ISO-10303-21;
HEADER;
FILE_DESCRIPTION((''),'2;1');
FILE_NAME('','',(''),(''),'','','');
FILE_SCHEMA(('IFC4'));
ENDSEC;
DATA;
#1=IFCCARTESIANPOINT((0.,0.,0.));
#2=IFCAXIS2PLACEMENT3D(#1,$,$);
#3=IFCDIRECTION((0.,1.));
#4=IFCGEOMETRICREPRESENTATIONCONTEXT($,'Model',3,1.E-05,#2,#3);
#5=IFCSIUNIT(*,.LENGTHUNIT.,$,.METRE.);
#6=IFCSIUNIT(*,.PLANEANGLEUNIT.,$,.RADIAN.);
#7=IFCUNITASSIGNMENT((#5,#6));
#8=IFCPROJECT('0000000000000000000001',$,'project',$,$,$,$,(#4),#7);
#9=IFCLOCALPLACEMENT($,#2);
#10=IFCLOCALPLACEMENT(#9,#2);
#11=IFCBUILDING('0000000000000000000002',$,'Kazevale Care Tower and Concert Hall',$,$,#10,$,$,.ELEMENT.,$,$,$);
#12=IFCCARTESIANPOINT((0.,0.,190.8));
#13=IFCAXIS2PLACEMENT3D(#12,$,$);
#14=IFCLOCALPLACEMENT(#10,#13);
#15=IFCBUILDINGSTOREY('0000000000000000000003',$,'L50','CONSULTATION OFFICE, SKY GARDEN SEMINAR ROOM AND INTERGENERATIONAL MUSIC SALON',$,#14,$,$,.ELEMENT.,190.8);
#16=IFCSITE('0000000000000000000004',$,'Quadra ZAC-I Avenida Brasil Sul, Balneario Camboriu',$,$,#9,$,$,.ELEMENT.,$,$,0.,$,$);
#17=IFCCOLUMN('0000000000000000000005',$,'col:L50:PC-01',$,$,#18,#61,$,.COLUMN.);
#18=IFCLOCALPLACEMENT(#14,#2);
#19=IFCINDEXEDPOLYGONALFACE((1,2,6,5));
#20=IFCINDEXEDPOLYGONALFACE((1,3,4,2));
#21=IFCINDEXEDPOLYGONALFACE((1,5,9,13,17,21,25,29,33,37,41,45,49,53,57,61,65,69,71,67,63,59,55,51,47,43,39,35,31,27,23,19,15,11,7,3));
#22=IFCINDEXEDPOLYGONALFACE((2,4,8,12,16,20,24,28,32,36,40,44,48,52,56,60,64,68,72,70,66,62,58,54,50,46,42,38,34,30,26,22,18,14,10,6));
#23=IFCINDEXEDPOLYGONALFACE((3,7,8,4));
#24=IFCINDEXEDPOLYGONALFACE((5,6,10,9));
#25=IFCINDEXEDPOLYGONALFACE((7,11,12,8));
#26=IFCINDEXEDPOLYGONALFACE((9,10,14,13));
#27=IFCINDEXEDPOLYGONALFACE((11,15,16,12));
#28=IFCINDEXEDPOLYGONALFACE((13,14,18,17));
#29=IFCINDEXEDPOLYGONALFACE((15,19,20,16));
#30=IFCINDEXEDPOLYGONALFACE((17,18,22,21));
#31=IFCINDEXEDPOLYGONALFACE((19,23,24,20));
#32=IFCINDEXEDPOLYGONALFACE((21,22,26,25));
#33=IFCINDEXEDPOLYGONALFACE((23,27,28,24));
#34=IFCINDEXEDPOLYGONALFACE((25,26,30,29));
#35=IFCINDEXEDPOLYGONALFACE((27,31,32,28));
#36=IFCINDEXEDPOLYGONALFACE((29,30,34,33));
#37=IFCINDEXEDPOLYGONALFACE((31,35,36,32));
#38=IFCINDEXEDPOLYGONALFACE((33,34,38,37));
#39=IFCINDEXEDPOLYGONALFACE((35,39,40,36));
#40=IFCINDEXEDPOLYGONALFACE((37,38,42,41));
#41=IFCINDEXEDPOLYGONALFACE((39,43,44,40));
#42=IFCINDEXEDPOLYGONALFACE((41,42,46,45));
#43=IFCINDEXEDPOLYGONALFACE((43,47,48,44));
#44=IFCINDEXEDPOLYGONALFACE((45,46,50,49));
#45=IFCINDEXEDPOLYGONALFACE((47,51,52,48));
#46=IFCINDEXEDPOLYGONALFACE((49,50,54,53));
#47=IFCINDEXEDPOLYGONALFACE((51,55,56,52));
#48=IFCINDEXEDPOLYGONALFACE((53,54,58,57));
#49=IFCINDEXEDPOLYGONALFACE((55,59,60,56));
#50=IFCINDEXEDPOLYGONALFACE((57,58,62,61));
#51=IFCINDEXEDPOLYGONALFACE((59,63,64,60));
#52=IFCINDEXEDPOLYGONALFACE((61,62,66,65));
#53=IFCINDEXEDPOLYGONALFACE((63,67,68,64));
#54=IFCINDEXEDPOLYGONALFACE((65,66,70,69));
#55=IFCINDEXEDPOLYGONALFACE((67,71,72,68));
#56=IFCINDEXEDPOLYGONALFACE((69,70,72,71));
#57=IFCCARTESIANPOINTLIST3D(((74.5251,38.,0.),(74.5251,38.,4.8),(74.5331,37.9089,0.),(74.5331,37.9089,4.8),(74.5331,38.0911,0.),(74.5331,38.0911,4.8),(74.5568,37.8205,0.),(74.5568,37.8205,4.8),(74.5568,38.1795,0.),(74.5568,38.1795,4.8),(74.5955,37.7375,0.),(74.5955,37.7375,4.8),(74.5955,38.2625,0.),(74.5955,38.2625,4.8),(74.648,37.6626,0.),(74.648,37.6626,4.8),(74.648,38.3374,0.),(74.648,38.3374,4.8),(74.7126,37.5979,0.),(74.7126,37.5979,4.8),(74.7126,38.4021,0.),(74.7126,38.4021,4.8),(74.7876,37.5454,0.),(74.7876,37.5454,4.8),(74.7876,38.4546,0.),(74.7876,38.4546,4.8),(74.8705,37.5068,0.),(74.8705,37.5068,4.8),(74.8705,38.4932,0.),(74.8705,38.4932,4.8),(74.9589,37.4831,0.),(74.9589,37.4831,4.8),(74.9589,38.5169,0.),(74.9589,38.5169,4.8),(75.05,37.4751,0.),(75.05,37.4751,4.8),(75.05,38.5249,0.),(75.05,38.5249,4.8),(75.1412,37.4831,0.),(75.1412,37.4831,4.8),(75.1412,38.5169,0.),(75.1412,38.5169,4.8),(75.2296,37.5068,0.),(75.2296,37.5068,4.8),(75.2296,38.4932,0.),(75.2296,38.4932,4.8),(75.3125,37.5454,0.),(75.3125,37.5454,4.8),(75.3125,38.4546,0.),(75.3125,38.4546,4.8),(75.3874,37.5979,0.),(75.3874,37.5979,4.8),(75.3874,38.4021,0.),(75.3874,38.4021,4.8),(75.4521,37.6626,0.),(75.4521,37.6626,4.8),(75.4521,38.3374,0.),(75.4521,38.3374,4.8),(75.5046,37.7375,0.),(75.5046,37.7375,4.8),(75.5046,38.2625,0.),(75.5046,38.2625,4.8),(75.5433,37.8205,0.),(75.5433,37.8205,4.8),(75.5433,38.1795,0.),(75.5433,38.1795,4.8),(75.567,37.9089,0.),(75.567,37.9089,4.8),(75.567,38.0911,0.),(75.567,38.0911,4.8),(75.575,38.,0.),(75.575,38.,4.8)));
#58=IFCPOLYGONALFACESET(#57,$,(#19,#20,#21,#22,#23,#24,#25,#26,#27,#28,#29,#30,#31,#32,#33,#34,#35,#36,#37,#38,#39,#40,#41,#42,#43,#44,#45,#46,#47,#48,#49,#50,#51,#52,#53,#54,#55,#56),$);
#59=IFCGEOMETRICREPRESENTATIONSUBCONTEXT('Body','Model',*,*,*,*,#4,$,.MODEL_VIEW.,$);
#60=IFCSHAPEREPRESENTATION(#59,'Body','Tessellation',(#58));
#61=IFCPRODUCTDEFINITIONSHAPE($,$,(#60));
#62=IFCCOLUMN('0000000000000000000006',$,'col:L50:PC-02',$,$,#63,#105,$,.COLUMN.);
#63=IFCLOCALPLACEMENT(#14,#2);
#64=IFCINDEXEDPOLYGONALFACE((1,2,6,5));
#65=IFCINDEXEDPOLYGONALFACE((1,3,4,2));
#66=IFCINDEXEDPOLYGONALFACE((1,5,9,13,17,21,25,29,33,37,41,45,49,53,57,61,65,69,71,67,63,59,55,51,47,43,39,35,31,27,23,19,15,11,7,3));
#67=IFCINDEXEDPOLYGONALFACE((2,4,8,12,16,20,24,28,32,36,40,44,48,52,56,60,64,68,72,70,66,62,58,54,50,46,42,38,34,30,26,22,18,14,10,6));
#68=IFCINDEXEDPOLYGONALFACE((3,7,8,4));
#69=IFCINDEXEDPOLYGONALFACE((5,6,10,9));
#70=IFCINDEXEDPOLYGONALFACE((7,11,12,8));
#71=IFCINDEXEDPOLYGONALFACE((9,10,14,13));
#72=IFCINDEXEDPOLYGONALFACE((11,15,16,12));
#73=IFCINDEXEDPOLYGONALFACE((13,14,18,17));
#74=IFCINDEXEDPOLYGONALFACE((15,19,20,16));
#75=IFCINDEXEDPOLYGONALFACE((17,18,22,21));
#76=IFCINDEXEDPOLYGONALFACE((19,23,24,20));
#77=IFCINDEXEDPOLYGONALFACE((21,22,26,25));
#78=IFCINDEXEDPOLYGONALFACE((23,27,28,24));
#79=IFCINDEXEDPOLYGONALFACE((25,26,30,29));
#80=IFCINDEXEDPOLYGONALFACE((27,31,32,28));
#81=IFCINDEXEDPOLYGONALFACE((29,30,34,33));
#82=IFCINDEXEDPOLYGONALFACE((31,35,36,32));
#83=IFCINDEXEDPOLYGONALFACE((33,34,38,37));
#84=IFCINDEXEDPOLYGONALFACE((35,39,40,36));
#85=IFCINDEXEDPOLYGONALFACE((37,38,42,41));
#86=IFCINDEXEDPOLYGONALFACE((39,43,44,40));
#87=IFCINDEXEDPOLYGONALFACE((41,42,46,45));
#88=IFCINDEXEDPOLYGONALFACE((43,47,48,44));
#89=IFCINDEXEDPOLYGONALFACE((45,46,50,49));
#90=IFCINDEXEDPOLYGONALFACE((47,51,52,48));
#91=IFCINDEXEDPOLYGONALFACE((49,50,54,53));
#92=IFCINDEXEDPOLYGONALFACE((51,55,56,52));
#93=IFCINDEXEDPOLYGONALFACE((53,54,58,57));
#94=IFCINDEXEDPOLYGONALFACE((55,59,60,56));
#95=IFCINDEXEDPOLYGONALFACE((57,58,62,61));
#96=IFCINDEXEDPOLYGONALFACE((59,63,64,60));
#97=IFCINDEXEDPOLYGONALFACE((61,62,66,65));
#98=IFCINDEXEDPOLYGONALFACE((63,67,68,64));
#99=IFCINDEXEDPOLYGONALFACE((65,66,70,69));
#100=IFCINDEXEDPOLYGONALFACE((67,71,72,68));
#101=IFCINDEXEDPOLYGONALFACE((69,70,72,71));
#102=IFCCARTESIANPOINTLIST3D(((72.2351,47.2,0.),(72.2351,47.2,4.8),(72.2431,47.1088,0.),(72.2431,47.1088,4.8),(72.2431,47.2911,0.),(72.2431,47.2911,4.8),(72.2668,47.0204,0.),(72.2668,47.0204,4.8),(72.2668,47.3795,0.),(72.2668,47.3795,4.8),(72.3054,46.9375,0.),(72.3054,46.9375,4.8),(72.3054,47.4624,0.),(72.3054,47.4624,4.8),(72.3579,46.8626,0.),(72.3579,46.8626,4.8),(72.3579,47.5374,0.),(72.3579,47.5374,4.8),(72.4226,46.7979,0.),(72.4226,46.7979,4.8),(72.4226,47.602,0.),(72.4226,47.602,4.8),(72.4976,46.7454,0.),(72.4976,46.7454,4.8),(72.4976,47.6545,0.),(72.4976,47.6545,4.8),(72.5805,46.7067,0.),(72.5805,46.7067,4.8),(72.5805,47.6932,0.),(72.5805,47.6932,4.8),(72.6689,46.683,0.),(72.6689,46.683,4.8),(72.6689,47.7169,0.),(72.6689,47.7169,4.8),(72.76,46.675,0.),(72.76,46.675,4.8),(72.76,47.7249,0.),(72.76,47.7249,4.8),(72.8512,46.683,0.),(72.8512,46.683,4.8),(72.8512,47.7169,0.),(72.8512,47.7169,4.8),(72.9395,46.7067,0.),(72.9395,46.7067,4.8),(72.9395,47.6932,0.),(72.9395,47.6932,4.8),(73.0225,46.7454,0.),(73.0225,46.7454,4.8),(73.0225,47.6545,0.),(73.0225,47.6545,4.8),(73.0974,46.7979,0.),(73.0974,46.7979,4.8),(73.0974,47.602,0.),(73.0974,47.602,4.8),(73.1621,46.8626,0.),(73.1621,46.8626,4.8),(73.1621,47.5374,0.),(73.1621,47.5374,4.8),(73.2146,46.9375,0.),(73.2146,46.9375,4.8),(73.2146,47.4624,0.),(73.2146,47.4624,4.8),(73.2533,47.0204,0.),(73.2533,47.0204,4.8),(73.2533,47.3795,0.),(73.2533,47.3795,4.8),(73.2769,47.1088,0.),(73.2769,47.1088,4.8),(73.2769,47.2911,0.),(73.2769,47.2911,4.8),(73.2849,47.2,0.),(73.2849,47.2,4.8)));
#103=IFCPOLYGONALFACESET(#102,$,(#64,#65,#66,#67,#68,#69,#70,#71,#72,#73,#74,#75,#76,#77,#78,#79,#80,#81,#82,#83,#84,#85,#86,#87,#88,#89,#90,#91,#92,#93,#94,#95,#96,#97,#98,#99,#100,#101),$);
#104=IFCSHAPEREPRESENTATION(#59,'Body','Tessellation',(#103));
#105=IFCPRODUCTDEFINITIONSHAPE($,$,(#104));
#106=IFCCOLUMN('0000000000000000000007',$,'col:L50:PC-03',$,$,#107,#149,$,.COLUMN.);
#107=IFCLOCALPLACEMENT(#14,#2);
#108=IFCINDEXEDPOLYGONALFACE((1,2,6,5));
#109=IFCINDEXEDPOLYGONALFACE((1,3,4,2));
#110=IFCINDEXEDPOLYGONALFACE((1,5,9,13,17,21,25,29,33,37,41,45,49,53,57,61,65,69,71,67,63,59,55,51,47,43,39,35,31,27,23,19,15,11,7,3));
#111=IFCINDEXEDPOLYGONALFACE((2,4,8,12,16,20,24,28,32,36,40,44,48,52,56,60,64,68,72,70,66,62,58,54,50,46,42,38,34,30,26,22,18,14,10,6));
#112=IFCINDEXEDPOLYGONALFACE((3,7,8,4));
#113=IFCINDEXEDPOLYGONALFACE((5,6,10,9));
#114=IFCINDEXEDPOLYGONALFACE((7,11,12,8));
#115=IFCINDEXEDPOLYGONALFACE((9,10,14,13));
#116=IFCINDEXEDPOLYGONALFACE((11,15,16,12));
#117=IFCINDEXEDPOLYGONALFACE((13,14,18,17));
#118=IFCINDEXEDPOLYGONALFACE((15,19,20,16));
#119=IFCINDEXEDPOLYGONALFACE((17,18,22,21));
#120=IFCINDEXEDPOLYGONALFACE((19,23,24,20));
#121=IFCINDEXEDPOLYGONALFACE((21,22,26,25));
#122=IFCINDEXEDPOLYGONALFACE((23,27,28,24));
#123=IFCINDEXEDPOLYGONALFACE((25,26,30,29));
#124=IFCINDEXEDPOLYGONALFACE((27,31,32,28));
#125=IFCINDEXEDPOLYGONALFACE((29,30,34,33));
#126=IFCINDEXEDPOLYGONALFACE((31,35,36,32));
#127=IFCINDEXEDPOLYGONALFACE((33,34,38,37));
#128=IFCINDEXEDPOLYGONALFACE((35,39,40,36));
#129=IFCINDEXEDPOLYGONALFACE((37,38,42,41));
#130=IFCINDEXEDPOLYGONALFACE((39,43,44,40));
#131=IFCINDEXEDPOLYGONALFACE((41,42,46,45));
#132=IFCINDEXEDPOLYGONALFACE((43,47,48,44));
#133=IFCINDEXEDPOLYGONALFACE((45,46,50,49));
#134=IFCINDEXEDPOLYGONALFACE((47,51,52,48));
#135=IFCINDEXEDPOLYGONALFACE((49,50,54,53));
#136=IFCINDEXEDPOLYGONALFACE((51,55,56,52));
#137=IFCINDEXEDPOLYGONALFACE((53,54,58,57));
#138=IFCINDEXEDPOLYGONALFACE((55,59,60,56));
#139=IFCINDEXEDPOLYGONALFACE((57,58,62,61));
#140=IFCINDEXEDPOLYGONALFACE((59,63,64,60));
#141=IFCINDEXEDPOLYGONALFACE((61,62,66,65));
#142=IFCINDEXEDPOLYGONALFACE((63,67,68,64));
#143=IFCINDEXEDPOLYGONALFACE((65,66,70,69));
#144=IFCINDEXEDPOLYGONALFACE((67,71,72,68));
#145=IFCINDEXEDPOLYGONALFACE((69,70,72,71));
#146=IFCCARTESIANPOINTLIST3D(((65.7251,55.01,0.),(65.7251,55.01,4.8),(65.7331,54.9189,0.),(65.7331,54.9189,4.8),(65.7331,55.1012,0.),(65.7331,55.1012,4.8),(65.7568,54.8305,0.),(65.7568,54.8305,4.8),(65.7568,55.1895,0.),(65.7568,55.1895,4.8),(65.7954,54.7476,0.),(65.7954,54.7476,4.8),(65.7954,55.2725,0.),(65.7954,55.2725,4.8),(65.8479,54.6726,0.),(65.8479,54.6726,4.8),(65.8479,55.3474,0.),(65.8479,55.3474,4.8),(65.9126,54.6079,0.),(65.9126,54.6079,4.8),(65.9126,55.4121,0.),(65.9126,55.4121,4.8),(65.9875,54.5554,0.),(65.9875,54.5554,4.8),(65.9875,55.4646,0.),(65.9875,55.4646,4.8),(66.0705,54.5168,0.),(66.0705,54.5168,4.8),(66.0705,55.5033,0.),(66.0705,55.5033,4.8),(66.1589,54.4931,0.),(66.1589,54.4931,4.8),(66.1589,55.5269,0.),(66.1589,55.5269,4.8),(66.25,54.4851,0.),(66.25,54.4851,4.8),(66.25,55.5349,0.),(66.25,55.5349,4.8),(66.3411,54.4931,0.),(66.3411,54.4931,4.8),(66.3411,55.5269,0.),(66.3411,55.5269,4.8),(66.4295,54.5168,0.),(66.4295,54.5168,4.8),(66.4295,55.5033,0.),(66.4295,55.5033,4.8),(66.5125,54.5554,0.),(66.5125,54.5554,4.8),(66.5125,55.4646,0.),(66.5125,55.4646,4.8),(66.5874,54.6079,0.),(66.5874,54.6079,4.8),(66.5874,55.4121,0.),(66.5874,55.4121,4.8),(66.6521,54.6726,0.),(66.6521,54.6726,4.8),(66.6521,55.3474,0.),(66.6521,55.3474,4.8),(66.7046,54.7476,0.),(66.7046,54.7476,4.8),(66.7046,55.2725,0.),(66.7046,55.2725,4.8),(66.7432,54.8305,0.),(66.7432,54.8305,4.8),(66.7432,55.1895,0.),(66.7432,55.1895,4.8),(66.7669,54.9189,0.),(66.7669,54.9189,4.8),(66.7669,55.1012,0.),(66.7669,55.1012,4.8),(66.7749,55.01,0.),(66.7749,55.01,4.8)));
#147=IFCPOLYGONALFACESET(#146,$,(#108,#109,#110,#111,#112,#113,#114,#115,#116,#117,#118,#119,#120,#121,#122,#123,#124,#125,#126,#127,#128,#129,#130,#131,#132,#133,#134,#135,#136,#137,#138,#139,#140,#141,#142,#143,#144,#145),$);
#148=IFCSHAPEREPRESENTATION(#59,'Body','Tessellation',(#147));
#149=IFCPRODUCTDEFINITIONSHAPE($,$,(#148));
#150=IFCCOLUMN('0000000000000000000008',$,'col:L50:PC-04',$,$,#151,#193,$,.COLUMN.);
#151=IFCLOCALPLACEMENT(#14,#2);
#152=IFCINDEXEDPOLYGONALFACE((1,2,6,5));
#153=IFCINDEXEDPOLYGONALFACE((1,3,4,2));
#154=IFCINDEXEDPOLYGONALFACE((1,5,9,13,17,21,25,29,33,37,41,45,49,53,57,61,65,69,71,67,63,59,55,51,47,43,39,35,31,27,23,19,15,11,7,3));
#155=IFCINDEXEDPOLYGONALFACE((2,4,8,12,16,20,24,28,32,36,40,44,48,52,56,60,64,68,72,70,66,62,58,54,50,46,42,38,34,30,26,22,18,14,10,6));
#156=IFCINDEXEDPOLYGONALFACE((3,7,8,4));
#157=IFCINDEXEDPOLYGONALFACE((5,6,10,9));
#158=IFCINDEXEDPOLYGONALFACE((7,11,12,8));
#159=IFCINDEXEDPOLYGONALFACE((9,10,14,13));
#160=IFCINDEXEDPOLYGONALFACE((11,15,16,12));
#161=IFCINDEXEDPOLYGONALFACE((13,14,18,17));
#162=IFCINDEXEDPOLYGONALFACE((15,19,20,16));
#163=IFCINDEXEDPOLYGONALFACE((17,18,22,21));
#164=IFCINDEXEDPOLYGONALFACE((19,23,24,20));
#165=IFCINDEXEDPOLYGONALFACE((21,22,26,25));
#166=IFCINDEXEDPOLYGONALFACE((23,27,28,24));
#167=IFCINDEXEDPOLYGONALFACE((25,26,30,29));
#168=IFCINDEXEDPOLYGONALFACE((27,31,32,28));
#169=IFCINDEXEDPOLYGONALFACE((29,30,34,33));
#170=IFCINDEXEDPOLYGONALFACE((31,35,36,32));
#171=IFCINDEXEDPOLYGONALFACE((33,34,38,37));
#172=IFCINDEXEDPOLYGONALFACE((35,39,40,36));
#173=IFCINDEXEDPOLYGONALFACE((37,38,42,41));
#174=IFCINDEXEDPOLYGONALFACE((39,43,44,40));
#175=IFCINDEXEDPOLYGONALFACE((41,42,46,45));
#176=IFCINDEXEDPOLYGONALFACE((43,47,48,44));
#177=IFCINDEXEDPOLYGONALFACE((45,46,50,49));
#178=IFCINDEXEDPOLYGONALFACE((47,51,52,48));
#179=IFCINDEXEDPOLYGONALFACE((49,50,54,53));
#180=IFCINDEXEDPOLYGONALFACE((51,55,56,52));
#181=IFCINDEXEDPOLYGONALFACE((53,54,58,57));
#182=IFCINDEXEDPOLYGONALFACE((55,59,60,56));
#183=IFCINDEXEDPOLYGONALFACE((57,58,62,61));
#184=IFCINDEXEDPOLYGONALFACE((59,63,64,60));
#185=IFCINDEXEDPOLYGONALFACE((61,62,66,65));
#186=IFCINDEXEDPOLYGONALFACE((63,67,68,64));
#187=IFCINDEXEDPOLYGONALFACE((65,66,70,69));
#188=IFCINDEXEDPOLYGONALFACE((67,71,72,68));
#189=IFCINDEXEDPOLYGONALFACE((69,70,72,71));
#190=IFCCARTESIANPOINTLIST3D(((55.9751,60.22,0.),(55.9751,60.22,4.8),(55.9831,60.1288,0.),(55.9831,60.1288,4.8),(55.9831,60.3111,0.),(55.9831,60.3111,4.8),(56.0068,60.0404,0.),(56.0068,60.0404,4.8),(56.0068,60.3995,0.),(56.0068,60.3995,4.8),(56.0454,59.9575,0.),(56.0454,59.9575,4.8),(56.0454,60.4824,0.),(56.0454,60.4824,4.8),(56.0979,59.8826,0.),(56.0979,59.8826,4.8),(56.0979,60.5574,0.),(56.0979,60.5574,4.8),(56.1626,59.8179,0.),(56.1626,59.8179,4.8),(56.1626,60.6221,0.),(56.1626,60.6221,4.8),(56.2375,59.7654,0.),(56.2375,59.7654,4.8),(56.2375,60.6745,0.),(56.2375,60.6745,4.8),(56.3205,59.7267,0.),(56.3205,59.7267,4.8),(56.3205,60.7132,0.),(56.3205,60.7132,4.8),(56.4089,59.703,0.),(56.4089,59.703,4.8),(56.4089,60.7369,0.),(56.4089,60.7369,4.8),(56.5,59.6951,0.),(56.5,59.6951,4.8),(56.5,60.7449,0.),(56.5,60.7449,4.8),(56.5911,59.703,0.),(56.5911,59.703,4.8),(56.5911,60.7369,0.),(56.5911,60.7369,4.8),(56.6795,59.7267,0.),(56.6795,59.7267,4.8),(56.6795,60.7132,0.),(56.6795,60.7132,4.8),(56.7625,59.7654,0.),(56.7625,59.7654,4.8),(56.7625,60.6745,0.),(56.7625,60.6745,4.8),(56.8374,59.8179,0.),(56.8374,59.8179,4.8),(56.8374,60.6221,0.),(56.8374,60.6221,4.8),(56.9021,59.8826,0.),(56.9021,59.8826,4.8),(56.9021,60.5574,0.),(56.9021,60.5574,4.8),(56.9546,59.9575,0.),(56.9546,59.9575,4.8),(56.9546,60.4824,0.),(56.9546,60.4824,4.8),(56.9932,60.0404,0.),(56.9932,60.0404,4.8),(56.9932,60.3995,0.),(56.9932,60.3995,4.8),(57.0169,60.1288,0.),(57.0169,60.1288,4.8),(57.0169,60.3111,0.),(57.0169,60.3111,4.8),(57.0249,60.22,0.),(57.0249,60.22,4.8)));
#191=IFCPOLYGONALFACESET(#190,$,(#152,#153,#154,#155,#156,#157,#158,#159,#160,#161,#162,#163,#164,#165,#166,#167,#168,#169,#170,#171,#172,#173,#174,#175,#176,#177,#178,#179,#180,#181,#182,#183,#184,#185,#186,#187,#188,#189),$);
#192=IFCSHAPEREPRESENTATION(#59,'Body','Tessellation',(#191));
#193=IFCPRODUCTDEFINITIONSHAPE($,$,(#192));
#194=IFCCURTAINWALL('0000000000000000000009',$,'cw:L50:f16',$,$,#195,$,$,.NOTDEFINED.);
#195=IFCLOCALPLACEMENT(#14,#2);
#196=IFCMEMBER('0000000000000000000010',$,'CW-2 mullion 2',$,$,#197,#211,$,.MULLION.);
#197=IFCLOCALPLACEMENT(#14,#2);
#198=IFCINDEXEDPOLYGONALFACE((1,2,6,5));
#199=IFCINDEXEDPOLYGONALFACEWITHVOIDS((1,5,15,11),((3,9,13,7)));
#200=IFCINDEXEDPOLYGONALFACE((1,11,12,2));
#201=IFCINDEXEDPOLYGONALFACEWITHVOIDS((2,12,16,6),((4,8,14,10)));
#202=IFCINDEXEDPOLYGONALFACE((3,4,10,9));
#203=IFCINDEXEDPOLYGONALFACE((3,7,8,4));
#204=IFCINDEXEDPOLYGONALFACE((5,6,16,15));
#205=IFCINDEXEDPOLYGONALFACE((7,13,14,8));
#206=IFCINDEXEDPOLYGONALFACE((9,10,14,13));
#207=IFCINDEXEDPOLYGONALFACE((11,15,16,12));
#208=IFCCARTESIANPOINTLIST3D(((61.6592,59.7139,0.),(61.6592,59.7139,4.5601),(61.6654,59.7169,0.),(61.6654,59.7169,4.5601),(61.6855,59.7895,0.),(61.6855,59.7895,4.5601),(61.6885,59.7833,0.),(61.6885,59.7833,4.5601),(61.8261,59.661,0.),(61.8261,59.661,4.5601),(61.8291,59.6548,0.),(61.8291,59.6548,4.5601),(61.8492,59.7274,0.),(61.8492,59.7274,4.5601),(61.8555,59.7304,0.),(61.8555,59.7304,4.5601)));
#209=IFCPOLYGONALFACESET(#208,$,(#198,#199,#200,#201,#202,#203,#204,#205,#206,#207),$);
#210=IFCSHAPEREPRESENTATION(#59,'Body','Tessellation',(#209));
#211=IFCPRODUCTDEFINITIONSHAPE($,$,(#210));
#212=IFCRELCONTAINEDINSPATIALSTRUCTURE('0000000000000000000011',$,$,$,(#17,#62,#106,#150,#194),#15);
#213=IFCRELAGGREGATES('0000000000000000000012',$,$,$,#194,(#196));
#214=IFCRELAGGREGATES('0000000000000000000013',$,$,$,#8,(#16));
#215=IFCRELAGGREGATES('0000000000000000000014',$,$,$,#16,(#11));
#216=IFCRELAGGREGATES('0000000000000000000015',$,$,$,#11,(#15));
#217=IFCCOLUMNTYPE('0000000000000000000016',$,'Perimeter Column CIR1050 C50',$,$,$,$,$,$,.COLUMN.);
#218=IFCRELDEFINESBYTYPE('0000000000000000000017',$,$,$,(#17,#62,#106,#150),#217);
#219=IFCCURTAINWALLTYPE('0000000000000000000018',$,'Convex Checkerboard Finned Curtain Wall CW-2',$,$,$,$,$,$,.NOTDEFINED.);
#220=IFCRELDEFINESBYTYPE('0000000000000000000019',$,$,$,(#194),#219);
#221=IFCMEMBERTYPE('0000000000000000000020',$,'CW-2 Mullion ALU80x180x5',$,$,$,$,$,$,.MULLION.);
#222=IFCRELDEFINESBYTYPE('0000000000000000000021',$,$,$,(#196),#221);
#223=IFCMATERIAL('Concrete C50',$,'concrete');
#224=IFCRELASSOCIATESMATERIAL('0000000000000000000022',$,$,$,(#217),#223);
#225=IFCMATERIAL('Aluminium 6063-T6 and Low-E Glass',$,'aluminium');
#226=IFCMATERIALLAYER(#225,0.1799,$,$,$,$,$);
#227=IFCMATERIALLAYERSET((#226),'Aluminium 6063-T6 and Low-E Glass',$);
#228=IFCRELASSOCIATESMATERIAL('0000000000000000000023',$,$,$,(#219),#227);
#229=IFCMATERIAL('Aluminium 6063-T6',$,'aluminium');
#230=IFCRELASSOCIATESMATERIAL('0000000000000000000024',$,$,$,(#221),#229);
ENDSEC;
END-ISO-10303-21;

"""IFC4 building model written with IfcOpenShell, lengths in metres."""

from ifc_helpers import new_model, si_unit, direction, frame, origin, origin_2d, place, context, subcontext, project, spatial, hollow_rectangle, circle, extrude, material, layer, layer_set, material_profile, profile_set, type_object, element, aggregate, save


model = new_model("IFC4")

# Units and contexts
model_context = context("Model", 3, precision=1e-05, world=origin(), true_north=direction((0.0, 1.0)))
body_context = subcontext(model_context, "Body", "Model", "MODEL_VIEW")
ifc_project = project(units=[si_unit("LENGTHUNIT", "METRE"), si_unit("PLANEANGLEUNIT", "RADIAN")], contexts=[model_context])

# Site, building, storey
site_placement = place(None, origin())
site = spatial("IfcSite", under=ifc_project, at=site_placement, Name="Quadra ZAC-I Avenida Brasil Sul, Balneario Camboriu", CompositionType="ELEMENT", RefElevation=0.0)
building_placement = place(site_placement, origin())
building = spatial("IfcBuilding", under=site, at=building_placement, Name="Kazevale Care Tower and Concert Hall", CompositionType="ELEMENT")
storey_placement = place(building_placement, frame((0.0, 0.0, 190.8)))
storey = spatial("IfcBuildingStorey", under=building, at=storey_placement, Name="L50", Description="CONSULTATION OFFICE, SKY GARDEN SEMINAR ROOM AND INTERGENERATIONAL MUSIC SALON", CompositionType="ELEMENT", Elevation=190.8)

# Columns
ifc_material_1 = material(Name="Concrete C50", Category="concrete")
ifc_material_profile_1 = material_profile(ifc_material_1, circle(Radius=0.5249, at=origin_2d()), Name="RC-CIR1050")
ifc_profile_set_1 = profile_set([ifc_material_profile_1], Name="Concrete C50")
column_type = type_object("IfcColumnType", Name="Perimeter Column CIR1050 C50", PredefinedType="COLUMN", material=ifc_profile_set_1)
for number, where, z_axis, x_axis, name in (
    (1, (75.05, 38.0, 0.0), (0.0, 0.0, 1.0), (1.0, 0.0, 0.0), "col:L50:PC-01"),
    (2, (72.76, 47.2, 0.0), (0.0, 0.0, 1.0), (1.0, 0.0, 0.0), "col:L50:PC-02"),
    (3, (66.25, 55.01, 0.0), (0.0, 0.0, 1.0), (1.0, 0.0, 0.0), "col:L50:PC-03"),
    (4, (56.5, 60.22, 0.0), (0.0, 0.0, 1.0), (1.0, 0.0, 0.0), "col:L50:PC-04"),
):
    element("IfcColumn", number, at=place(storey_placement, frame(where, z_axis=z_axis, x_axis=x_axis)), inside=storey, type_object=column_type, Name=name, PredefinedType="COLUMN", context=body_context, shape_type="SweptSolid", body=[
        extrude(circle(Radius=0.5249, at=origin_2d()), origin(), (0.0, 0.0, 1.0), 4.8),
    ])

# Curtain wall, member
ifc_material_2 = material(Name="Aluminium 6063-T6 and Low-E Glass", Category="aluminium")
ifc_layer_1 = layer(ifc_material_2, 0.1799)
ifc_layer_set_1 = layer_set([ifc_layer_1], Name="Aluminium 6063-T6 and Low-E Glass")
curtain_wall_type_1 = type_object("IfcCurtainWallType", Name="Convex Checkerboard Finned Curtain Wall CW-2", PredefinedType="NOTDEFINED", material=ifc_layer_set_1)
curtain_wall_1_placement = place(storey_placement, origin())
curtain_wall_1 = element("IfcCurtainWall", 5, at=curtain_wall_1_placement, inside=storey, type_object=curtain_wall_type_1, Name="cw:L50:f16", PredefinedType="NOTDEFINED")
ifc_material_3 = material(Name="Aluminium 6063-T6", Category="aluminium")
ifc_material_profile_2 = material_profile(ifc_material_3, hollow_rectangle(XDim=0.0801, YDim=0.1799, WallThickness=0.0049, at=origin_2d()), Name="ALU80x180x5")
ifc_profile_set_2 = profile_set([ifc_material_profile_2], Name="Aluminium 6063-T6")
member_type_1 = type_object("IfcMemberType", Name="CW-2 Mullion ALU80x180x5", PredefinedType="MULLION", material=ifc_profile_set_2)
member_1_placement = place(storey_placement, frame((61.7573, 59.7222, 0.0), z_axis=(0.0, 0.0, 1.0), x_axis=(0.328584, 0.944475, 0.0)))
member_1 = element("IfcMember", 6, at=member_1_placement, type_object=member_type_1, Name="CW-2 mullion 2", PredefinedType="MULLION", context=body_context, shape_type="SweptSolid", body=[
    extrude(hollow_rectangle(XDim=0.0801, YDim=0.1799, WallThickness=0.0049, at=origin_2d()), origin(), (0.0, 0.0, 1.0), 4.5601),
])

aggregate(curtain_wall_1, [member_1])

save(model, "model.ifc")
